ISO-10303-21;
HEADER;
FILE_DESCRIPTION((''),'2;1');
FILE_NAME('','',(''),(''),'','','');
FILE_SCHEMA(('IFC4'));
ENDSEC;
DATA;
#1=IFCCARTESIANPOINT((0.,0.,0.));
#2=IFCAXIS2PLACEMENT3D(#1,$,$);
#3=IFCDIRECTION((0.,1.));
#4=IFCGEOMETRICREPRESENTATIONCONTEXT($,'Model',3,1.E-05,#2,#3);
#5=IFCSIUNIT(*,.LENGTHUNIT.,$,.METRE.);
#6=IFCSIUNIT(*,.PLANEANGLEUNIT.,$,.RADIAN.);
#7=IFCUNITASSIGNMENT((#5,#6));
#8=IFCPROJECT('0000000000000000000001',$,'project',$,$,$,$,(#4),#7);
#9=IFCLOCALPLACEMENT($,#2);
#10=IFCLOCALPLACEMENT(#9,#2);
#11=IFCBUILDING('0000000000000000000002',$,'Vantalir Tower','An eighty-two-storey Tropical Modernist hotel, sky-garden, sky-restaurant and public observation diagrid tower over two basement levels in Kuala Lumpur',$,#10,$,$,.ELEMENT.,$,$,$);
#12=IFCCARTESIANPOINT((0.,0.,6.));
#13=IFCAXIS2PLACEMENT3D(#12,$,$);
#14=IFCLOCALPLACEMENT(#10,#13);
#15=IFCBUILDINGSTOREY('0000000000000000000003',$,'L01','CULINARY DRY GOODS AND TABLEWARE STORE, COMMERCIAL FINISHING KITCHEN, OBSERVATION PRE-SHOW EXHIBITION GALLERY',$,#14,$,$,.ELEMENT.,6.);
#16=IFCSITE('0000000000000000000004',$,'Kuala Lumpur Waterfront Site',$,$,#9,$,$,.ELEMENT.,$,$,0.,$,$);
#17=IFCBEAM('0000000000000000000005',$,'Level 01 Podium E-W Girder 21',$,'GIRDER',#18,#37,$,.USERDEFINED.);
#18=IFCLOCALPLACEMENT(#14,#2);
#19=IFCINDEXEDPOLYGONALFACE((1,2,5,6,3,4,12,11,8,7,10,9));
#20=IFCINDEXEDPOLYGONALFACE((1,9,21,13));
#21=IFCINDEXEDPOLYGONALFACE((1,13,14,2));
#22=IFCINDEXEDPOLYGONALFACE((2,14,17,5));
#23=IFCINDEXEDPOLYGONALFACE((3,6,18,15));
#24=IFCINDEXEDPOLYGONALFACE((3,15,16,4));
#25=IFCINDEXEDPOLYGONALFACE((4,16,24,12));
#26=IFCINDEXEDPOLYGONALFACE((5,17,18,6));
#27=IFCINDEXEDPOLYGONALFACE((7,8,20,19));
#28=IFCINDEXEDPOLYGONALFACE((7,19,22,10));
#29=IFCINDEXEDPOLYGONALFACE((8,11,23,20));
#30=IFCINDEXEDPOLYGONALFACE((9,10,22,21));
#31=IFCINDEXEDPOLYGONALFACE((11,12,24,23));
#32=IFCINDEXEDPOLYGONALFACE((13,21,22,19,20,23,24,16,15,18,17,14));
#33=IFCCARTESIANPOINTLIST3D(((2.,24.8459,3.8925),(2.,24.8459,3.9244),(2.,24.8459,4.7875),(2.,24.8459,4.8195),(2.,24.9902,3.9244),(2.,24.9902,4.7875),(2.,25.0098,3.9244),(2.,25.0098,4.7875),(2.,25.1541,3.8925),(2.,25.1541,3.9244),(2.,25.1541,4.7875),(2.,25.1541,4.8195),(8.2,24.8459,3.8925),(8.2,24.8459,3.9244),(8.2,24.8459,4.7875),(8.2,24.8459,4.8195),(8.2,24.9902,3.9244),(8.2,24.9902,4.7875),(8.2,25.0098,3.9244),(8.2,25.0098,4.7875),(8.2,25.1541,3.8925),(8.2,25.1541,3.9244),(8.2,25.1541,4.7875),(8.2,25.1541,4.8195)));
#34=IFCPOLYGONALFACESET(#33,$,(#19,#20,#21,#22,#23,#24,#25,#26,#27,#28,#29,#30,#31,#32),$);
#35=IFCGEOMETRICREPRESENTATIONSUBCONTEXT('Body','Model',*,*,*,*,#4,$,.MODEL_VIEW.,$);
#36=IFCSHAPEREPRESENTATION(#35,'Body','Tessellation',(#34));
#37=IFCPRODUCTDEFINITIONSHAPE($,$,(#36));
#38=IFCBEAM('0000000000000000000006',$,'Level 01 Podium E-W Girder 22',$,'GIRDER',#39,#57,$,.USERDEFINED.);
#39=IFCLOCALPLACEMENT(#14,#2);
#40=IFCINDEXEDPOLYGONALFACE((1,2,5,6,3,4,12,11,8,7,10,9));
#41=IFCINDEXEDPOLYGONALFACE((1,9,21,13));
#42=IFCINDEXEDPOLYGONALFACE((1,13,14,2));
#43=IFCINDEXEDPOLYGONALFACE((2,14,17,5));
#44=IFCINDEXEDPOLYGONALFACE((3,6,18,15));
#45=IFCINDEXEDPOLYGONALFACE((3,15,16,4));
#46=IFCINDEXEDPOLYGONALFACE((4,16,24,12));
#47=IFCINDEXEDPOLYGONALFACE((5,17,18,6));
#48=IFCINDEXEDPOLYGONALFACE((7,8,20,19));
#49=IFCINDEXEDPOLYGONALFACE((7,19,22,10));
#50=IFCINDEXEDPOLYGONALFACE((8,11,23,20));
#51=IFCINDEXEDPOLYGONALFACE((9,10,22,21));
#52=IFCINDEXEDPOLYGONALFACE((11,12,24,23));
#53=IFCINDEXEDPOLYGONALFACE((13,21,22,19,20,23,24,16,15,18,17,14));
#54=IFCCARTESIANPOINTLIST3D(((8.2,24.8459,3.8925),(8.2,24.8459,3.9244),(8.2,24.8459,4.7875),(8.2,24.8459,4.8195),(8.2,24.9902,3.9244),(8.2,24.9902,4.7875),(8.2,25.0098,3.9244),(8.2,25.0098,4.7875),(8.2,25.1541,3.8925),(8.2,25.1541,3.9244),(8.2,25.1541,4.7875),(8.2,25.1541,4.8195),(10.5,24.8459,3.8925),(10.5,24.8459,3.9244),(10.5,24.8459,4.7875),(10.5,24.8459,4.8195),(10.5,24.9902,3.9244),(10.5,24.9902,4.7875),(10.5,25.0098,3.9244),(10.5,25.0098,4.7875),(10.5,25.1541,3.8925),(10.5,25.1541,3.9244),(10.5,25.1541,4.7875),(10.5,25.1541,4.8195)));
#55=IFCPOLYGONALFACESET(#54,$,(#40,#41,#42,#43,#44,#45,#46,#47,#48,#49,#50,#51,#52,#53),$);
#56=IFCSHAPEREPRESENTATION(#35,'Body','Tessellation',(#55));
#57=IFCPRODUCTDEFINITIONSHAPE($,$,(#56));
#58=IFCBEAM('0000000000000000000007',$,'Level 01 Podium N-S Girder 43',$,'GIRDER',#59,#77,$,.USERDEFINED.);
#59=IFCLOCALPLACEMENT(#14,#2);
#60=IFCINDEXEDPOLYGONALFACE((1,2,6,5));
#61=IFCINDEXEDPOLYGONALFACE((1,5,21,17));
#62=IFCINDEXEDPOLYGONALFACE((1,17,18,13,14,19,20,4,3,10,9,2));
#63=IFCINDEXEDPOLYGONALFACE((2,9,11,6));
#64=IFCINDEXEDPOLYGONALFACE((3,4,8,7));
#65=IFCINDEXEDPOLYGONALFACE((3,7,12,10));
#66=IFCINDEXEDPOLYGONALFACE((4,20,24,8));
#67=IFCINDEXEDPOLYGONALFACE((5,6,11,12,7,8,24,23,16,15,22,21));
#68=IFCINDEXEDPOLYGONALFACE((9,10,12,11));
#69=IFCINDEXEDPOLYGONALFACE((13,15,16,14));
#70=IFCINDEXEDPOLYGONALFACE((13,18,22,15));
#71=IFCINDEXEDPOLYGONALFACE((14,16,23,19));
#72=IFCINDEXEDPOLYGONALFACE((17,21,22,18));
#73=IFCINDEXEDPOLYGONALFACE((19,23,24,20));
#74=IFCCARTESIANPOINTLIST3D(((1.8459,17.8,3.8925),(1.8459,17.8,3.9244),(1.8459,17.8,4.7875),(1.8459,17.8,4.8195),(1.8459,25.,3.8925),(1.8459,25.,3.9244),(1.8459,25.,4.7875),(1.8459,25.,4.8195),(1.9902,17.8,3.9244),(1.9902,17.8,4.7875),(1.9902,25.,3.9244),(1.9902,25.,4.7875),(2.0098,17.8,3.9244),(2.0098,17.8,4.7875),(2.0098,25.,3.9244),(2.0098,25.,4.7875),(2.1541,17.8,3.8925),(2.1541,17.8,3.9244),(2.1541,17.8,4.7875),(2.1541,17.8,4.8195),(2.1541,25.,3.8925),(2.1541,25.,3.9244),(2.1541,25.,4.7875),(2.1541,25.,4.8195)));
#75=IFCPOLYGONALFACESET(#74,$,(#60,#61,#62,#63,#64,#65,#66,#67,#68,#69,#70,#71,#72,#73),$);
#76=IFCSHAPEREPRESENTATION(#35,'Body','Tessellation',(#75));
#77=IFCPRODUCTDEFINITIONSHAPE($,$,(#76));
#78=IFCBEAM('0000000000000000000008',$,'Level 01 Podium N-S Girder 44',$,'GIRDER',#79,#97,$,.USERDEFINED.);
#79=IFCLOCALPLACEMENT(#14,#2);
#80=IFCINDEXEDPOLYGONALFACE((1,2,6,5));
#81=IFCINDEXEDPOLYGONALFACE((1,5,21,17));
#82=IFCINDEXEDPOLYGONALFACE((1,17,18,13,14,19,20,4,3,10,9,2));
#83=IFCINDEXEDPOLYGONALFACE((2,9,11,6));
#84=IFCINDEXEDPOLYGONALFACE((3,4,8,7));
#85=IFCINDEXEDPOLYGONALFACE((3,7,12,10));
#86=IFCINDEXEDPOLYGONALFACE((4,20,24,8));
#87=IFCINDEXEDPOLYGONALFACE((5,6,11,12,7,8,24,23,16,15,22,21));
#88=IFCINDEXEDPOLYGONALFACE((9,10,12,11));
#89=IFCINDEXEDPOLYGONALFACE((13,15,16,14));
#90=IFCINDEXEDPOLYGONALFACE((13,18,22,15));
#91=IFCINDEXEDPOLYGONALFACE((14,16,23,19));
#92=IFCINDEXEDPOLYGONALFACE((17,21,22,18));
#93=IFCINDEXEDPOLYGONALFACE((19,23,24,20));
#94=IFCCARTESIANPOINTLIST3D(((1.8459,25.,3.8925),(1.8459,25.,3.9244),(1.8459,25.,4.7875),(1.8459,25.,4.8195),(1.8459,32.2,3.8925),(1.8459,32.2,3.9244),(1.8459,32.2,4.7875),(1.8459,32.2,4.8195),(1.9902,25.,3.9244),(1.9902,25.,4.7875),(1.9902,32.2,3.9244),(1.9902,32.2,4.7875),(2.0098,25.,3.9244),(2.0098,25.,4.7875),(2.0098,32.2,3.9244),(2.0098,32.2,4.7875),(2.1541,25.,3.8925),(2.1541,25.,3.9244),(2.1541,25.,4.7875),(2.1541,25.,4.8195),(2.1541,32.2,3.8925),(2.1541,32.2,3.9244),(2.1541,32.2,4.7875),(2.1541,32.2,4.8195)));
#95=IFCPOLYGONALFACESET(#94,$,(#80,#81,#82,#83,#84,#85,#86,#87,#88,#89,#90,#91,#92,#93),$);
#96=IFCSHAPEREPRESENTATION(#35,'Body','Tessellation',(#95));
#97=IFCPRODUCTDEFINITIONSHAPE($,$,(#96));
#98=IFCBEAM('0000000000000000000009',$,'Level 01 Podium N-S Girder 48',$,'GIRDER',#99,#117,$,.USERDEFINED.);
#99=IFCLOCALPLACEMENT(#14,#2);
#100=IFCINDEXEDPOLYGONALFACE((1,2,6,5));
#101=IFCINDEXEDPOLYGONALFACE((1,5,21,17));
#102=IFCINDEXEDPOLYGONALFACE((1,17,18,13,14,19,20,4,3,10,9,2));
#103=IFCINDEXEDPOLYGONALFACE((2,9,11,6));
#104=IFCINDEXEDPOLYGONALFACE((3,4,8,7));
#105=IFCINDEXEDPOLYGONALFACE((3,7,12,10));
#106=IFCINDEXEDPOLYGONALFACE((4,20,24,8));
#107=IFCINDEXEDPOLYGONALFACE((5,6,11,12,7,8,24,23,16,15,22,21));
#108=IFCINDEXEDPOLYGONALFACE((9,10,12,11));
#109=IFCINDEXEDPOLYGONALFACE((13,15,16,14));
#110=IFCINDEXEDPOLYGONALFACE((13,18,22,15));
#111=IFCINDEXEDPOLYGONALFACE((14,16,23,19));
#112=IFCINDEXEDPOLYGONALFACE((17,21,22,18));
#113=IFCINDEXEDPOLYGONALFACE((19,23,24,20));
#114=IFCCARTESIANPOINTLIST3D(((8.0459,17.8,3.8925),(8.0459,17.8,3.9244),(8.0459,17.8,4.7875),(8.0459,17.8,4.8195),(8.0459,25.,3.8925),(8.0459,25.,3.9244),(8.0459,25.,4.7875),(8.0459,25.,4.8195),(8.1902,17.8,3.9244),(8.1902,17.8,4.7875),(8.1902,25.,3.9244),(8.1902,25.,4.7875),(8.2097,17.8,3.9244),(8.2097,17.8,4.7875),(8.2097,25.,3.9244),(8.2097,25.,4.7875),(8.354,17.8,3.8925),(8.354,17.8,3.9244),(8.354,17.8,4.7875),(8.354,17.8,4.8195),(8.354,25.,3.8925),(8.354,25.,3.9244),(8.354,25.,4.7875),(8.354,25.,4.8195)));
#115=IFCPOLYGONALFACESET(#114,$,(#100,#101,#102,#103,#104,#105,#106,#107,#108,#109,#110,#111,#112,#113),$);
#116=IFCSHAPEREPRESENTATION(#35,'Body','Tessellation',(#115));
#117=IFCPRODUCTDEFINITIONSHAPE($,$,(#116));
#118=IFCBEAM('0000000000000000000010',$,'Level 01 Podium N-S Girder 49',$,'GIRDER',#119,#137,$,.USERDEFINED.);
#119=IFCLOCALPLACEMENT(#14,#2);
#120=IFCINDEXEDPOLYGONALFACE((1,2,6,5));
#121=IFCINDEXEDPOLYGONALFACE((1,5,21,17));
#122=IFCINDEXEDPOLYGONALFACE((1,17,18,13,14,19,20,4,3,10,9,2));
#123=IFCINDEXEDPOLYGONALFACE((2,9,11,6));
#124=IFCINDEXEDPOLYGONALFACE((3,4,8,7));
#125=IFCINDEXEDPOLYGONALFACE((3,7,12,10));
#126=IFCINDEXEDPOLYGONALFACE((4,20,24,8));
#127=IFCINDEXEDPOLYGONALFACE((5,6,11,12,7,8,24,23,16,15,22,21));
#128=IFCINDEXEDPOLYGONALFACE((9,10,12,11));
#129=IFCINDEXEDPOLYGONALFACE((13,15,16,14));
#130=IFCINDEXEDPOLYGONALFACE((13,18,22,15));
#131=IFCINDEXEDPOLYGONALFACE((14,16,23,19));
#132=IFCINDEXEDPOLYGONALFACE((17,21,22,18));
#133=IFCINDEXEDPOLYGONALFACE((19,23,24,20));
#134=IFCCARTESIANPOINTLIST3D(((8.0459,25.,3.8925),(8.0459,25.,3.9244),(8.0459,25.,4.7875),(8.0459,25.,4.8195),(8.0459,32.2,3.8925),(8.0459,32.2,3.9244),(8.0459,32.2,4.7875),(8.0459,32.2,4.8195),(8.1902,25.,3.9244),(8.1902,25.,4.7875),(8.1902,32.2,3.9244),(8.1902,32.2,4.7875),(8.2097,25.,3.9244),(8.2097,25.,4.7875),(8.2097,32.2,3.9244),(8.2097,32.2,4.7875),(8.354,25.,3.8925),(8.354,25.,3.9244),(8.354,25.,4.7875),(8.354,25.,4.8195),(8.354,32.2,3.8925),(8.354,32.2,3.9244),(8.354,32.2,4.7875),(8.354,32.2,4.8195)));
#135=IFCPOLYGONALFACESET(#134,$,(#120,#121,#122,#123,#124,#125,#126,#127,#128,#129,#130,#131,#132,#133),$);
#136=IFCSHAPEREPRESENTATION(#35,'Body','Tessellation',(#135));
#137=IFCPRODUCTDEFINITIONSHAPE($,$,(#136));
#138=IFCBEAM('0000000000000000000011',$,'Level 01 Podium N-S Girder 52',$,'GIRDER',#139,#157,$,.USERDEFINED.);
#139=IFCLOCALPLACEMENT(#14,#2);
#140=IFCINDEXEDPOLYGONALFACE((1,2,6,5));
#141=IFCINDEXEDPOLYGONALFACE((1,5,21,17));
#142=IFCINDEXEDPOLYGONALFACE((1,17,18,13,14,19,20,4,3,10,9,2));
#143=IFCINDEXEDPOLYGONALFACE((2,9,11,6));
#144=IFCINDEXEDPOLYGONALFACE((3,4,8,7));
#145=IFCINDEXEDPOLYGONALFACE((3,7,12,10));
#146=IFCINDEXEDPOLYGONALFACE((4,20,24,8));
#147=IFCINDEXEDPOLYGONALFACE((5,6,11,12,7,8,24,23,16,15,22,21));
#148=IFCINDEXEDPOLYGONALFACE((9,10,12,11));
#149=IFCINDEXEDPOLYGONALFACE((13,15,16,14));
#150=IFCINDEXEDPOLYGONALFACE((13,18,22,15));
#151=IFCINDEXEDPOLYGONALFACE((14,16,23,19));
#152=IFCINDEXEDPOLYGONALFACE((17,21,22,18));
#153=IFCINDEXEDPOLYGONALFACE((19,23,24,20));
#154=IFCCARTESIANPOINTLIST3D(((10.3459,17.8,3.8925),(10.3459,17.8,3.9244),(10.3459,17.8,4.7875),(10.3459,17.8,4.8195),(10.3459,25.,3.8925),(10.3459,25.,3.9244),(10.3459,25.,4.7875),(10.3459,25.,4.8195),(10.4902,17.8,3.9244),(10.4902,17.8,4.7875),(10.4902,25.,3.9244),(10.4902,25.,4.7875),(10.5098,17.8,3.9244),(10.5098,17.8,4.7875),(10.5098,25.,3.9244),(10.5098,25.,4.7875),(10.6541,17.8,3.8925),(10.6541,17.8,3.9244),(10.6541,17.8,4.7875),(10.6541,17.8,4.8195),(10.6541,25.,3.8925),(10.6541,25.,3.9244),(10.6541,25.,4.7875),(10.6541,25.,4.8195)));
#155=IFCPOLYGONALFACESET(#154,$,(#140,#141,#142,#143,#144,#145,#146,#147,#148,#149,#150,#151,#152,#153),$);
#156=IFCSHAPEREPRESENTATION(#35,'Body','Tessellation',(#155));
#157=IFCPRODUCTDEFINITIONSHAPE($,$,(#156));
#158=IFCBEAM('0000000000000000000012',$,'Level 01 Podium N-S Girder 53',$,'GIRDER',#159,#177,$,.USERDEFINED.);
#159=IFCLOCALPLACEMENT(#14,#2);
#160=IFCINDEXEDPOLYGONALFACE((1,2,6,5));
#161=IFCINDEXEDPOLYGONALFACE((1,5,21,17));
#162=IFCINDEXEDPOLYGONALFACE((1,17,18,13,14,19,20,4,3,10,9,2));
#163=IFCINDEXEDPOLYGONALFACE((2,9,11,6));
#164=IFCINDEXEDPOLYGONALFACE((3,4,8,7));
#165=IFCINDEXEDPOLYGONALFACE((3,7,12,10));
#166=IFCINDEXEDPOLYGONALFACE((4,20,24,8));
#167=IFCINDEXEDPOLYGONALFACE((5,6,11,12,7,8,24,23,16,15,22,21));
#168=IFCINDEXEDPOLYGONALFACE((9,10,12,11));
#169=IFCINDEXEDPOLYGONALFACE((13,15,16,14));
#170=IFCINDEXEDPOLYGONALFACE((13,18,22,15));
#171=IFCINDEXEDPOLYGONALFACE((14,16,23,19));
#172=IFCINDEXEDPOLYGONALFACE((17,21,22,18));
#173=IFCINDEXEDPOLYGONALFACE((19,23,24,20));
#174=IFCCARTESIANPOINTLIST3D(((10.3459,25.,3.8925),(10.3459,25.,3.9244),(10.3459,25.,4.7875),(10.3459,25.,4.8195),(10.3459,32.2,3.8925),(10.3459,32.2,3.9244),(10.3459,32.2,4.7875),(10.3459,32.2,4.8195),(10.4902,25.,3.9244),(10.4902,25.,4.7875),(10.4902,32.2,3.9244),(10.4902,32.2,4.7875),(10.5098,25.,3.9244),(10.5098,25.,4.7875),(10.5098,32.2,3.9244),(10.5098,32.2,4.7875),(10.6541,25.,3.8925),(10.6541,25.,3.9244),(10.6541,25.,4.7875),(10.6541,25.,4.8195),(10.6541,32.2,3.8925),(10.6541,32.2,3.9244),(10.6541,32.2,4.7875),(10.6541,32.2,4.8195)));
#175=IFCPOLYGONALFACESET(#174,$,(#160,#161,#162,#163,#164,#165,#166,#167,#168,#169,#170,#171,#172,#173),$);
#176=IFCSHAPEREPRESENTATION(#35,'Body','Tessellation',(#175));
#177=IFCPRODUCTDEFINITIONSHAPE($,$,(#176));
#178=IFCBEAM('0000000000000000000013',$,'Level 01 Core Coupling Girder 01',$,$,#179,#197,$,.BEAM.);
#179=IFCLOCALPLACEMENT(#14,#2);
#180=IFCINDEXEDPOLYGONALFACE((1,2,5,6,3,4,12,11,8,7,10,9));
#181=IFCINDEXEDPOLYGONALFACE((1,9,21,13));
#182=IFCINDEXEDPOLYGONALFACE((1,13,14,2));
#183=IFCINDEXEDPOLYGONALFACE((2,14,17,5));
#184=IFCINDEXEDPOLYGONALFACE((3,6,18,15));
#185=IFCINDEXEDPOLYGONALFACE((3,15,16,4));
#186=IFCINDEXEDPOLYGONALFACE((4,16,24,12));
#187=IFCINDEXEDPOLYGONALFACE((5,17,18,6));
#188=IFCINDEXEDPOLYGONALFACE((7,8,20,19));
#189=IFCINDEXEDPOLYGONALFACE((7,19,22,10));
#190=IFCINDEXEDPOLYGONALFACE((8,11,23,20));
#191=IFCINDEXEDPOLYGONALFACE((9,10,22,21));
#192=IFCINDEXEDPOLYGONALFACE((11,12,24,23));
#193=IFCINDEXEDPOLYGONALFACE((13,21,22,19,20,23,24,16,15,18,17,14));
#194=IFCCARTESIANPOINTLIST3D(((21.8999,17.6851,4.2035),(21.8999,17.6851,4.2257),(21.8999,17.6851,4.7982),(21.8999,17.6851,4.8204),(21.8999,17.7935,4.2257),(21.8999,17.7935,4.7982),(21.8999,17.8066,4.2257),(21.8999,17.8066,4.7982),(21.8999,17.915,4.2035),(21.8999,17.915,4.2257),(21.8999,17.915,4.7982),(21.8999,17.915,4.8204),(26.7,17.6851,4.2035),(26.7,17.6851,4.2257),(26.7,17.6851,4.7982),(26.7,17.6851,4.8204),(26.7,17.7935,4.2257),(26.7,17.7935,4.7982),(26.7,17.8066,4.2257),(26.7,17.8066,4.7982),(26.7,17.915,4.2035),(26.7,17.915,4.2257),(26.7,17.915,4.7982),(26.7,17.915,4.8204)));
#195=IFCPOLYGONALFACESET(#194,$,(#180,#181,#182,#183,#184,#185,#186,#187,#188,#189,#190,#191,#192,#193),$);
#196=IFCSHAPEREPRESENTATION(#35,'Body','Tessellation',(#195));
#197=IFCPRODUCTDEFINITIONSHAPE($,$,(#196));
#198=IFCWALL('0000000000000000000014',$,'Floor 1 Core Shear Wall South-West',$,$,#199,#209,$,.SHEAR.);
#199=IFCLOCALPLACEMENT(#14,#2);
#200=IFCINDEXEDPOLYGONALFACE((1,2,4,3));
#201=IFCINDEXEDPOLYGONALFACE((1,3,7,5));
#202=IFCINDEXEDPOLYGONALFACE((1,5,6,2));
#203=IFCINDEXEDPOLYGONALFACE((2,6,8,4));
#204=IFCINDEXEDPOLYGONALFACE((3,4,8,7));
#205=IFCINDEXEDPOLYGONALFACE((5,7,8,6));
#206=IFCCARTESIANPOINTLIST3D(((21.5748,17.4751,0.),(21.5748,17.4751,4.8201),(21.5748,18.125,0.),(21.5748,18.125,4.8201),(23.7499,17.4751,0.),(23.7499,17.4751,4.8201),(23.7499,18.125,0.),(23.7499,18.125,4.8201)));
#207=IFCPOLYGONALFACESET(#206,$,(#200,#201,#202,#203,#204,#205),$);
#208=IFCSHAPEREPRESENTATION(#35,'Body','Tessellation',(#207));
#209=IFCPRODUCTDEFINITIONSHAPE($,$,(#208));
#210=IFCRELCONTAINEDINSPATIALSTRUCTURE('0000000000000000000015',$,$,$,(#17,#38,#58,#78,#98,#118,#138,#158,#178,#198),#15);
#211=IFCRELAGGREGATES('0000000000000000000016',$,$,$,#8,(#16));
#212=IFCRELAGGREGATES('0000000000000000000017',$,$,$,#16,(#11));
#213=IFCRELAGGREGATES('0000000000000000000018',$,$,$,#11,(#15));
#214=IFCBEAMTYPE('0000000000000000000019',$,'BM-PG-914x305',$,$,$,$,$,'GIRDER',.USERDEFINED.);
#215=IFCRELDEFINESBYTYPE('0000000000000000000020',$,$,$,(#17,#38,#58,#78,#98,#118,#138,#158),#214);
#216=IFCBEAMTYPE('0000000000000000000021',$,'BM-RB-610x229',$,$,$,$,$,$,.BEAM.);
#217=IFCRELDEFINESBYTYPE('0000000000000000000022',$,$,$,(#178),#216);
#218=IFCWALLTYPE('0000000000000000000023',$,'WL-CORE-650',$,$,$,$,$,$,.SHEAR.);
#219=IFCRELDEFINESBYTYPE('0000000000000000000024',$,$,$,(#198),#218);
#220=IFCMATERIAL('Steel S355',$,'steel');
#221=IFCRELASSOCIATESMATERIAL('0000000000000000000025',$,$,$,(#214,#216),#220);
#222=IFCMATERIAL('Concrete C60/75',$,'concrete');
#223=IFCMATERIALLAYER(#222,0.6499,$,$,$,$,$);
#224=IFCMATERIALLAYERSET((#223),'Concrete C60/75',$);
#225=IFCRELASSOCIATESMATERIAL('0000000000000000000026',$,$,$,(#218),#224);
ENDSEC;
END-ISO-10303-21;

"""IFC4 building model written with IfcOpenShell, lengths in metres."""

from ifc_helpers import new_model, si_unit, direction, frame, frame_2d, origin, origin_2d, place, context, subcontext, project, spatial, rectangle, i_section, extrude, material, layer, layer_set, material_profile, profile_set, type_object, element, save


model = new_model("IFC4")

# Units and contexts
model_context = context("Model", 3, precision=1e-05, world=origin(), true_north=direction((0.0, 1.0)))
body_context = subcontext(model_context, "Body", "Model", "MODEL_VIEW")
ifc_project = project(units=[si_unit("LENGTHUNIT", "METRE"), si_unit("PLANEANGLEUNIT", "RADIAN")], contexts=[model_context])

# Site, building, storey
site_placement = place(None, origin())
site = spatial("IfcSite", under=ifc_project, at=site_placement, Name="Kuala Lumpur Waterfront Site", CompositionType="ELEMENT", RefElevation=0.0)
building_placement = place(site_placement, origin())
building = spatial("IfcBuilding", under=site, at=building_placement, Name="Vantalir Tower", Description="An eighty-two-storey Tropical Modernist hotel, sky-garden, sky-restaurant and public observation diagrid tower over two basement levels in Kuala Lumpur", CompositionType="ELEMENT")
storey_placement = place(building_placement, frame((0.0, 0.0, 6.0)))
storey = spatial("IfcBuildingStorey", under=building, at=storey_placement, Name="L01", Description="CULINARY DRY GOODS AND TABLEWARE STORE, COMMERCIAL FINISHING KITCHEN, OBSERVATION PRE-SHOW EXHIBITION GALLERY", CompositionType="ELEMENT", Elevation=6.0)

# Shared definitions
ifc_material_1 = material(Name="Concrete C60/75", Category="concrete")

# Beams
ifc_material_2 = material(Name="Steel S355", Category="steel")
ifc_material_profile_1 = material_profile(ifc_material_2, i_section(OverallWidth=0.3081, OverallDepth=0.927, WebThickness=0.0195, FlangeThickness=0.032, at=origin_2d()), Name="Steel S355")
ifc_profile_set_1 = profile_set([ifc_material_profile_1], Name="Steel S355")
beam_type_1 = type_object("IfcBeamType", Name="BM-PG-914x305", ElementType="GIRDER", PredefinedType="USERDEFINED", material=ifc_profile_set_1)
beam_1_placement = place(storey_placement, frame((2.0, 25.0, 4.356), z_axis=(1.0, 0.0, 0.0), x_axis=(0.0, 1.0, 0.0)))
element("IfcBeam", 1, at=beam_1_placement, inside=storey, type_object=beam_type_1, Name="Level 01 Podium E-W Girder 21", ObjectType="GIRDER", PredefinedType="USERDEFINED", context=body_context, shape_type="SweptSolid", body=[
    extrude(i_section(OverallWidth=0.3081, OverallDepth=0.927, WebThickness=0.0195, FlangeThickness=0.032, at=origin_2d()), origin(), (0.0, 0.0, 1.0), 6.2),
])
beam_2_placement = place(storey_placement, frame((8.2, 25.0, 4.356), z_axis=(1.0, 0.0, 0.0), x_axis=(0.0, 1.0, 0.0)))
element("IfcBeam", 2, at=beam_2_placement, inside=storey, type_object=beam_type_1, Name="Level 01 Podium E-W Girder 22", ObjectType="GIRDER", PredefinedType="USERDEFINED", context=body_context, shape_type="SweptSolid", body=[
    extrude(i_section(OverallWidth=0.3081, OverallDepth=0.927, WebThickness=0.0195, FlangeThickness=0.032, at=origin_2d()), origin(), (0.0, 0.0, 1.0), 2.3),
])
for number, where, z_axis, x_axis, name in (
    (3, (2.0, 17.8, 4.356), (0.0, 1.0, 0.0), (-1.0, 0.0, 0.0), "Level 01 Podium N-S Girder 43"),
    (4, (2.0, 25.0, 4.356), (0.0, 1.0, 0.0), (-1.0, 0.0, 0.0), "Level 01 Podium N-S Girder 44"),
    (5, (8.2, 17.8, 4.356), (0.0, 1.0, 0.0), (-1.0, 0.0, 0.0), "Level 01 Podium N-S Girder 48"),
    (6, (8.2, 25.0, 4.356), (0.0, 1.0, 0.0), (-1.0, 0.0, 0.0), "Level 01 Podium N-S Girder 49"),
    (7, (10.5, 17.8, 4.356), (0.0, 1.0, 0.0), (-1.0, 0.0, 0.0), "Level 01 Podium N-S Girder 52"),
    (8, (10.5, 25.0, 4.356), (0.0, 1.0, 0.0), (-1.0, 0.0, 0.0), "Level 01 Podium N-S Girder 53"),
):
    element("IfcBeam", number, at=place(storey_placement, frame(where, z_axis=z_axis, x_axis=x_axis)), inside=storey, type_object=beam_type_1, Name=name, ObjectType="GIRDER", PredefinedType="USERDEFINED", context=body_context, shape_type="SweptSolid", body=[
        extrude(i_section(OverallWidth=0.3081, OverallDepth=0.927, WebThickness=0.0195, FlangeThickness=0.032, at=origin_2d()), origin(), (0.0, 0.0, 1.0), 7.2),
    ])
ifc_material_profile_2 = material_profile(ifc_material_2, i_section(OverallWidth=0.23, OverallDepth=0.6169, WebThickness=0.0132, FlangeThickness=0.0222, at=origin_2d()), Name="Steel S355")
ifc_profile_set_2 = profile_set([ifc_material_profile_2], Name="Steel S355")
beam_type_2 = type_object("IfcBeamType", Name="BM-RB-610x229", PredefinedType="BEAM", material=ifc_profile_set_2)
beam_3_placement = place(storey_placement, frame((21.8999, 17.8, 4.512), z_axis=(1.0, 0.0, 0.0), x_axis=(0.0, 1.0, 0.0)))
element("IfcBeam", 9, at=beam_3_placement, inside=storey, type_object=beam_type_2, Name="Level 01 Core Coupling Girder 01", PredefinedType="BEAM", context=body_context, shape_type="SweptSolid", body=[
    extrude(i_section(OverallWidth=0.23, OverallDepth=0.6169, WebThickness=0.0132, FlangeThickness=0.0222, at=origin_2d()), origin(), (0.0, 0.0, 1.0), 4.8),
])

# Wall
ifc_layer_1 = layer(ifc_material_1, 0.6499)
ifc_layer_set_1 = layer_set([ifc_layer_1], Name="Concrete C60/75")
wall_type_1 = type_object("IfcWallType", Name="WL-CORE-650", PredefinedType="SHEAR", material=ifc_layer_set_1)
wall_1_placement = place(storey_placement, frame((21.575, 17.8, 0.0), z_axis=(0.0, 0.0, 1.0), x_axis=(1.0, 0.0, 0.0)))
element("IfcWall", 10, at=wall_1_placement, inside=storey, type_object=wall_type_1, Name="Floor 1 Core Shear Wall South-West", PredefinedType="SHEAR", context=body_context, shape_type="SweptSolid", body=[
    extrude(rectangle(XDim=2.175, YDim=0.6499, at=frame_2d((1.0874, 0.0))), origin(), (0.0, 0.0, 1.0), 4.8201),
])

save(model, "model.ifc")
